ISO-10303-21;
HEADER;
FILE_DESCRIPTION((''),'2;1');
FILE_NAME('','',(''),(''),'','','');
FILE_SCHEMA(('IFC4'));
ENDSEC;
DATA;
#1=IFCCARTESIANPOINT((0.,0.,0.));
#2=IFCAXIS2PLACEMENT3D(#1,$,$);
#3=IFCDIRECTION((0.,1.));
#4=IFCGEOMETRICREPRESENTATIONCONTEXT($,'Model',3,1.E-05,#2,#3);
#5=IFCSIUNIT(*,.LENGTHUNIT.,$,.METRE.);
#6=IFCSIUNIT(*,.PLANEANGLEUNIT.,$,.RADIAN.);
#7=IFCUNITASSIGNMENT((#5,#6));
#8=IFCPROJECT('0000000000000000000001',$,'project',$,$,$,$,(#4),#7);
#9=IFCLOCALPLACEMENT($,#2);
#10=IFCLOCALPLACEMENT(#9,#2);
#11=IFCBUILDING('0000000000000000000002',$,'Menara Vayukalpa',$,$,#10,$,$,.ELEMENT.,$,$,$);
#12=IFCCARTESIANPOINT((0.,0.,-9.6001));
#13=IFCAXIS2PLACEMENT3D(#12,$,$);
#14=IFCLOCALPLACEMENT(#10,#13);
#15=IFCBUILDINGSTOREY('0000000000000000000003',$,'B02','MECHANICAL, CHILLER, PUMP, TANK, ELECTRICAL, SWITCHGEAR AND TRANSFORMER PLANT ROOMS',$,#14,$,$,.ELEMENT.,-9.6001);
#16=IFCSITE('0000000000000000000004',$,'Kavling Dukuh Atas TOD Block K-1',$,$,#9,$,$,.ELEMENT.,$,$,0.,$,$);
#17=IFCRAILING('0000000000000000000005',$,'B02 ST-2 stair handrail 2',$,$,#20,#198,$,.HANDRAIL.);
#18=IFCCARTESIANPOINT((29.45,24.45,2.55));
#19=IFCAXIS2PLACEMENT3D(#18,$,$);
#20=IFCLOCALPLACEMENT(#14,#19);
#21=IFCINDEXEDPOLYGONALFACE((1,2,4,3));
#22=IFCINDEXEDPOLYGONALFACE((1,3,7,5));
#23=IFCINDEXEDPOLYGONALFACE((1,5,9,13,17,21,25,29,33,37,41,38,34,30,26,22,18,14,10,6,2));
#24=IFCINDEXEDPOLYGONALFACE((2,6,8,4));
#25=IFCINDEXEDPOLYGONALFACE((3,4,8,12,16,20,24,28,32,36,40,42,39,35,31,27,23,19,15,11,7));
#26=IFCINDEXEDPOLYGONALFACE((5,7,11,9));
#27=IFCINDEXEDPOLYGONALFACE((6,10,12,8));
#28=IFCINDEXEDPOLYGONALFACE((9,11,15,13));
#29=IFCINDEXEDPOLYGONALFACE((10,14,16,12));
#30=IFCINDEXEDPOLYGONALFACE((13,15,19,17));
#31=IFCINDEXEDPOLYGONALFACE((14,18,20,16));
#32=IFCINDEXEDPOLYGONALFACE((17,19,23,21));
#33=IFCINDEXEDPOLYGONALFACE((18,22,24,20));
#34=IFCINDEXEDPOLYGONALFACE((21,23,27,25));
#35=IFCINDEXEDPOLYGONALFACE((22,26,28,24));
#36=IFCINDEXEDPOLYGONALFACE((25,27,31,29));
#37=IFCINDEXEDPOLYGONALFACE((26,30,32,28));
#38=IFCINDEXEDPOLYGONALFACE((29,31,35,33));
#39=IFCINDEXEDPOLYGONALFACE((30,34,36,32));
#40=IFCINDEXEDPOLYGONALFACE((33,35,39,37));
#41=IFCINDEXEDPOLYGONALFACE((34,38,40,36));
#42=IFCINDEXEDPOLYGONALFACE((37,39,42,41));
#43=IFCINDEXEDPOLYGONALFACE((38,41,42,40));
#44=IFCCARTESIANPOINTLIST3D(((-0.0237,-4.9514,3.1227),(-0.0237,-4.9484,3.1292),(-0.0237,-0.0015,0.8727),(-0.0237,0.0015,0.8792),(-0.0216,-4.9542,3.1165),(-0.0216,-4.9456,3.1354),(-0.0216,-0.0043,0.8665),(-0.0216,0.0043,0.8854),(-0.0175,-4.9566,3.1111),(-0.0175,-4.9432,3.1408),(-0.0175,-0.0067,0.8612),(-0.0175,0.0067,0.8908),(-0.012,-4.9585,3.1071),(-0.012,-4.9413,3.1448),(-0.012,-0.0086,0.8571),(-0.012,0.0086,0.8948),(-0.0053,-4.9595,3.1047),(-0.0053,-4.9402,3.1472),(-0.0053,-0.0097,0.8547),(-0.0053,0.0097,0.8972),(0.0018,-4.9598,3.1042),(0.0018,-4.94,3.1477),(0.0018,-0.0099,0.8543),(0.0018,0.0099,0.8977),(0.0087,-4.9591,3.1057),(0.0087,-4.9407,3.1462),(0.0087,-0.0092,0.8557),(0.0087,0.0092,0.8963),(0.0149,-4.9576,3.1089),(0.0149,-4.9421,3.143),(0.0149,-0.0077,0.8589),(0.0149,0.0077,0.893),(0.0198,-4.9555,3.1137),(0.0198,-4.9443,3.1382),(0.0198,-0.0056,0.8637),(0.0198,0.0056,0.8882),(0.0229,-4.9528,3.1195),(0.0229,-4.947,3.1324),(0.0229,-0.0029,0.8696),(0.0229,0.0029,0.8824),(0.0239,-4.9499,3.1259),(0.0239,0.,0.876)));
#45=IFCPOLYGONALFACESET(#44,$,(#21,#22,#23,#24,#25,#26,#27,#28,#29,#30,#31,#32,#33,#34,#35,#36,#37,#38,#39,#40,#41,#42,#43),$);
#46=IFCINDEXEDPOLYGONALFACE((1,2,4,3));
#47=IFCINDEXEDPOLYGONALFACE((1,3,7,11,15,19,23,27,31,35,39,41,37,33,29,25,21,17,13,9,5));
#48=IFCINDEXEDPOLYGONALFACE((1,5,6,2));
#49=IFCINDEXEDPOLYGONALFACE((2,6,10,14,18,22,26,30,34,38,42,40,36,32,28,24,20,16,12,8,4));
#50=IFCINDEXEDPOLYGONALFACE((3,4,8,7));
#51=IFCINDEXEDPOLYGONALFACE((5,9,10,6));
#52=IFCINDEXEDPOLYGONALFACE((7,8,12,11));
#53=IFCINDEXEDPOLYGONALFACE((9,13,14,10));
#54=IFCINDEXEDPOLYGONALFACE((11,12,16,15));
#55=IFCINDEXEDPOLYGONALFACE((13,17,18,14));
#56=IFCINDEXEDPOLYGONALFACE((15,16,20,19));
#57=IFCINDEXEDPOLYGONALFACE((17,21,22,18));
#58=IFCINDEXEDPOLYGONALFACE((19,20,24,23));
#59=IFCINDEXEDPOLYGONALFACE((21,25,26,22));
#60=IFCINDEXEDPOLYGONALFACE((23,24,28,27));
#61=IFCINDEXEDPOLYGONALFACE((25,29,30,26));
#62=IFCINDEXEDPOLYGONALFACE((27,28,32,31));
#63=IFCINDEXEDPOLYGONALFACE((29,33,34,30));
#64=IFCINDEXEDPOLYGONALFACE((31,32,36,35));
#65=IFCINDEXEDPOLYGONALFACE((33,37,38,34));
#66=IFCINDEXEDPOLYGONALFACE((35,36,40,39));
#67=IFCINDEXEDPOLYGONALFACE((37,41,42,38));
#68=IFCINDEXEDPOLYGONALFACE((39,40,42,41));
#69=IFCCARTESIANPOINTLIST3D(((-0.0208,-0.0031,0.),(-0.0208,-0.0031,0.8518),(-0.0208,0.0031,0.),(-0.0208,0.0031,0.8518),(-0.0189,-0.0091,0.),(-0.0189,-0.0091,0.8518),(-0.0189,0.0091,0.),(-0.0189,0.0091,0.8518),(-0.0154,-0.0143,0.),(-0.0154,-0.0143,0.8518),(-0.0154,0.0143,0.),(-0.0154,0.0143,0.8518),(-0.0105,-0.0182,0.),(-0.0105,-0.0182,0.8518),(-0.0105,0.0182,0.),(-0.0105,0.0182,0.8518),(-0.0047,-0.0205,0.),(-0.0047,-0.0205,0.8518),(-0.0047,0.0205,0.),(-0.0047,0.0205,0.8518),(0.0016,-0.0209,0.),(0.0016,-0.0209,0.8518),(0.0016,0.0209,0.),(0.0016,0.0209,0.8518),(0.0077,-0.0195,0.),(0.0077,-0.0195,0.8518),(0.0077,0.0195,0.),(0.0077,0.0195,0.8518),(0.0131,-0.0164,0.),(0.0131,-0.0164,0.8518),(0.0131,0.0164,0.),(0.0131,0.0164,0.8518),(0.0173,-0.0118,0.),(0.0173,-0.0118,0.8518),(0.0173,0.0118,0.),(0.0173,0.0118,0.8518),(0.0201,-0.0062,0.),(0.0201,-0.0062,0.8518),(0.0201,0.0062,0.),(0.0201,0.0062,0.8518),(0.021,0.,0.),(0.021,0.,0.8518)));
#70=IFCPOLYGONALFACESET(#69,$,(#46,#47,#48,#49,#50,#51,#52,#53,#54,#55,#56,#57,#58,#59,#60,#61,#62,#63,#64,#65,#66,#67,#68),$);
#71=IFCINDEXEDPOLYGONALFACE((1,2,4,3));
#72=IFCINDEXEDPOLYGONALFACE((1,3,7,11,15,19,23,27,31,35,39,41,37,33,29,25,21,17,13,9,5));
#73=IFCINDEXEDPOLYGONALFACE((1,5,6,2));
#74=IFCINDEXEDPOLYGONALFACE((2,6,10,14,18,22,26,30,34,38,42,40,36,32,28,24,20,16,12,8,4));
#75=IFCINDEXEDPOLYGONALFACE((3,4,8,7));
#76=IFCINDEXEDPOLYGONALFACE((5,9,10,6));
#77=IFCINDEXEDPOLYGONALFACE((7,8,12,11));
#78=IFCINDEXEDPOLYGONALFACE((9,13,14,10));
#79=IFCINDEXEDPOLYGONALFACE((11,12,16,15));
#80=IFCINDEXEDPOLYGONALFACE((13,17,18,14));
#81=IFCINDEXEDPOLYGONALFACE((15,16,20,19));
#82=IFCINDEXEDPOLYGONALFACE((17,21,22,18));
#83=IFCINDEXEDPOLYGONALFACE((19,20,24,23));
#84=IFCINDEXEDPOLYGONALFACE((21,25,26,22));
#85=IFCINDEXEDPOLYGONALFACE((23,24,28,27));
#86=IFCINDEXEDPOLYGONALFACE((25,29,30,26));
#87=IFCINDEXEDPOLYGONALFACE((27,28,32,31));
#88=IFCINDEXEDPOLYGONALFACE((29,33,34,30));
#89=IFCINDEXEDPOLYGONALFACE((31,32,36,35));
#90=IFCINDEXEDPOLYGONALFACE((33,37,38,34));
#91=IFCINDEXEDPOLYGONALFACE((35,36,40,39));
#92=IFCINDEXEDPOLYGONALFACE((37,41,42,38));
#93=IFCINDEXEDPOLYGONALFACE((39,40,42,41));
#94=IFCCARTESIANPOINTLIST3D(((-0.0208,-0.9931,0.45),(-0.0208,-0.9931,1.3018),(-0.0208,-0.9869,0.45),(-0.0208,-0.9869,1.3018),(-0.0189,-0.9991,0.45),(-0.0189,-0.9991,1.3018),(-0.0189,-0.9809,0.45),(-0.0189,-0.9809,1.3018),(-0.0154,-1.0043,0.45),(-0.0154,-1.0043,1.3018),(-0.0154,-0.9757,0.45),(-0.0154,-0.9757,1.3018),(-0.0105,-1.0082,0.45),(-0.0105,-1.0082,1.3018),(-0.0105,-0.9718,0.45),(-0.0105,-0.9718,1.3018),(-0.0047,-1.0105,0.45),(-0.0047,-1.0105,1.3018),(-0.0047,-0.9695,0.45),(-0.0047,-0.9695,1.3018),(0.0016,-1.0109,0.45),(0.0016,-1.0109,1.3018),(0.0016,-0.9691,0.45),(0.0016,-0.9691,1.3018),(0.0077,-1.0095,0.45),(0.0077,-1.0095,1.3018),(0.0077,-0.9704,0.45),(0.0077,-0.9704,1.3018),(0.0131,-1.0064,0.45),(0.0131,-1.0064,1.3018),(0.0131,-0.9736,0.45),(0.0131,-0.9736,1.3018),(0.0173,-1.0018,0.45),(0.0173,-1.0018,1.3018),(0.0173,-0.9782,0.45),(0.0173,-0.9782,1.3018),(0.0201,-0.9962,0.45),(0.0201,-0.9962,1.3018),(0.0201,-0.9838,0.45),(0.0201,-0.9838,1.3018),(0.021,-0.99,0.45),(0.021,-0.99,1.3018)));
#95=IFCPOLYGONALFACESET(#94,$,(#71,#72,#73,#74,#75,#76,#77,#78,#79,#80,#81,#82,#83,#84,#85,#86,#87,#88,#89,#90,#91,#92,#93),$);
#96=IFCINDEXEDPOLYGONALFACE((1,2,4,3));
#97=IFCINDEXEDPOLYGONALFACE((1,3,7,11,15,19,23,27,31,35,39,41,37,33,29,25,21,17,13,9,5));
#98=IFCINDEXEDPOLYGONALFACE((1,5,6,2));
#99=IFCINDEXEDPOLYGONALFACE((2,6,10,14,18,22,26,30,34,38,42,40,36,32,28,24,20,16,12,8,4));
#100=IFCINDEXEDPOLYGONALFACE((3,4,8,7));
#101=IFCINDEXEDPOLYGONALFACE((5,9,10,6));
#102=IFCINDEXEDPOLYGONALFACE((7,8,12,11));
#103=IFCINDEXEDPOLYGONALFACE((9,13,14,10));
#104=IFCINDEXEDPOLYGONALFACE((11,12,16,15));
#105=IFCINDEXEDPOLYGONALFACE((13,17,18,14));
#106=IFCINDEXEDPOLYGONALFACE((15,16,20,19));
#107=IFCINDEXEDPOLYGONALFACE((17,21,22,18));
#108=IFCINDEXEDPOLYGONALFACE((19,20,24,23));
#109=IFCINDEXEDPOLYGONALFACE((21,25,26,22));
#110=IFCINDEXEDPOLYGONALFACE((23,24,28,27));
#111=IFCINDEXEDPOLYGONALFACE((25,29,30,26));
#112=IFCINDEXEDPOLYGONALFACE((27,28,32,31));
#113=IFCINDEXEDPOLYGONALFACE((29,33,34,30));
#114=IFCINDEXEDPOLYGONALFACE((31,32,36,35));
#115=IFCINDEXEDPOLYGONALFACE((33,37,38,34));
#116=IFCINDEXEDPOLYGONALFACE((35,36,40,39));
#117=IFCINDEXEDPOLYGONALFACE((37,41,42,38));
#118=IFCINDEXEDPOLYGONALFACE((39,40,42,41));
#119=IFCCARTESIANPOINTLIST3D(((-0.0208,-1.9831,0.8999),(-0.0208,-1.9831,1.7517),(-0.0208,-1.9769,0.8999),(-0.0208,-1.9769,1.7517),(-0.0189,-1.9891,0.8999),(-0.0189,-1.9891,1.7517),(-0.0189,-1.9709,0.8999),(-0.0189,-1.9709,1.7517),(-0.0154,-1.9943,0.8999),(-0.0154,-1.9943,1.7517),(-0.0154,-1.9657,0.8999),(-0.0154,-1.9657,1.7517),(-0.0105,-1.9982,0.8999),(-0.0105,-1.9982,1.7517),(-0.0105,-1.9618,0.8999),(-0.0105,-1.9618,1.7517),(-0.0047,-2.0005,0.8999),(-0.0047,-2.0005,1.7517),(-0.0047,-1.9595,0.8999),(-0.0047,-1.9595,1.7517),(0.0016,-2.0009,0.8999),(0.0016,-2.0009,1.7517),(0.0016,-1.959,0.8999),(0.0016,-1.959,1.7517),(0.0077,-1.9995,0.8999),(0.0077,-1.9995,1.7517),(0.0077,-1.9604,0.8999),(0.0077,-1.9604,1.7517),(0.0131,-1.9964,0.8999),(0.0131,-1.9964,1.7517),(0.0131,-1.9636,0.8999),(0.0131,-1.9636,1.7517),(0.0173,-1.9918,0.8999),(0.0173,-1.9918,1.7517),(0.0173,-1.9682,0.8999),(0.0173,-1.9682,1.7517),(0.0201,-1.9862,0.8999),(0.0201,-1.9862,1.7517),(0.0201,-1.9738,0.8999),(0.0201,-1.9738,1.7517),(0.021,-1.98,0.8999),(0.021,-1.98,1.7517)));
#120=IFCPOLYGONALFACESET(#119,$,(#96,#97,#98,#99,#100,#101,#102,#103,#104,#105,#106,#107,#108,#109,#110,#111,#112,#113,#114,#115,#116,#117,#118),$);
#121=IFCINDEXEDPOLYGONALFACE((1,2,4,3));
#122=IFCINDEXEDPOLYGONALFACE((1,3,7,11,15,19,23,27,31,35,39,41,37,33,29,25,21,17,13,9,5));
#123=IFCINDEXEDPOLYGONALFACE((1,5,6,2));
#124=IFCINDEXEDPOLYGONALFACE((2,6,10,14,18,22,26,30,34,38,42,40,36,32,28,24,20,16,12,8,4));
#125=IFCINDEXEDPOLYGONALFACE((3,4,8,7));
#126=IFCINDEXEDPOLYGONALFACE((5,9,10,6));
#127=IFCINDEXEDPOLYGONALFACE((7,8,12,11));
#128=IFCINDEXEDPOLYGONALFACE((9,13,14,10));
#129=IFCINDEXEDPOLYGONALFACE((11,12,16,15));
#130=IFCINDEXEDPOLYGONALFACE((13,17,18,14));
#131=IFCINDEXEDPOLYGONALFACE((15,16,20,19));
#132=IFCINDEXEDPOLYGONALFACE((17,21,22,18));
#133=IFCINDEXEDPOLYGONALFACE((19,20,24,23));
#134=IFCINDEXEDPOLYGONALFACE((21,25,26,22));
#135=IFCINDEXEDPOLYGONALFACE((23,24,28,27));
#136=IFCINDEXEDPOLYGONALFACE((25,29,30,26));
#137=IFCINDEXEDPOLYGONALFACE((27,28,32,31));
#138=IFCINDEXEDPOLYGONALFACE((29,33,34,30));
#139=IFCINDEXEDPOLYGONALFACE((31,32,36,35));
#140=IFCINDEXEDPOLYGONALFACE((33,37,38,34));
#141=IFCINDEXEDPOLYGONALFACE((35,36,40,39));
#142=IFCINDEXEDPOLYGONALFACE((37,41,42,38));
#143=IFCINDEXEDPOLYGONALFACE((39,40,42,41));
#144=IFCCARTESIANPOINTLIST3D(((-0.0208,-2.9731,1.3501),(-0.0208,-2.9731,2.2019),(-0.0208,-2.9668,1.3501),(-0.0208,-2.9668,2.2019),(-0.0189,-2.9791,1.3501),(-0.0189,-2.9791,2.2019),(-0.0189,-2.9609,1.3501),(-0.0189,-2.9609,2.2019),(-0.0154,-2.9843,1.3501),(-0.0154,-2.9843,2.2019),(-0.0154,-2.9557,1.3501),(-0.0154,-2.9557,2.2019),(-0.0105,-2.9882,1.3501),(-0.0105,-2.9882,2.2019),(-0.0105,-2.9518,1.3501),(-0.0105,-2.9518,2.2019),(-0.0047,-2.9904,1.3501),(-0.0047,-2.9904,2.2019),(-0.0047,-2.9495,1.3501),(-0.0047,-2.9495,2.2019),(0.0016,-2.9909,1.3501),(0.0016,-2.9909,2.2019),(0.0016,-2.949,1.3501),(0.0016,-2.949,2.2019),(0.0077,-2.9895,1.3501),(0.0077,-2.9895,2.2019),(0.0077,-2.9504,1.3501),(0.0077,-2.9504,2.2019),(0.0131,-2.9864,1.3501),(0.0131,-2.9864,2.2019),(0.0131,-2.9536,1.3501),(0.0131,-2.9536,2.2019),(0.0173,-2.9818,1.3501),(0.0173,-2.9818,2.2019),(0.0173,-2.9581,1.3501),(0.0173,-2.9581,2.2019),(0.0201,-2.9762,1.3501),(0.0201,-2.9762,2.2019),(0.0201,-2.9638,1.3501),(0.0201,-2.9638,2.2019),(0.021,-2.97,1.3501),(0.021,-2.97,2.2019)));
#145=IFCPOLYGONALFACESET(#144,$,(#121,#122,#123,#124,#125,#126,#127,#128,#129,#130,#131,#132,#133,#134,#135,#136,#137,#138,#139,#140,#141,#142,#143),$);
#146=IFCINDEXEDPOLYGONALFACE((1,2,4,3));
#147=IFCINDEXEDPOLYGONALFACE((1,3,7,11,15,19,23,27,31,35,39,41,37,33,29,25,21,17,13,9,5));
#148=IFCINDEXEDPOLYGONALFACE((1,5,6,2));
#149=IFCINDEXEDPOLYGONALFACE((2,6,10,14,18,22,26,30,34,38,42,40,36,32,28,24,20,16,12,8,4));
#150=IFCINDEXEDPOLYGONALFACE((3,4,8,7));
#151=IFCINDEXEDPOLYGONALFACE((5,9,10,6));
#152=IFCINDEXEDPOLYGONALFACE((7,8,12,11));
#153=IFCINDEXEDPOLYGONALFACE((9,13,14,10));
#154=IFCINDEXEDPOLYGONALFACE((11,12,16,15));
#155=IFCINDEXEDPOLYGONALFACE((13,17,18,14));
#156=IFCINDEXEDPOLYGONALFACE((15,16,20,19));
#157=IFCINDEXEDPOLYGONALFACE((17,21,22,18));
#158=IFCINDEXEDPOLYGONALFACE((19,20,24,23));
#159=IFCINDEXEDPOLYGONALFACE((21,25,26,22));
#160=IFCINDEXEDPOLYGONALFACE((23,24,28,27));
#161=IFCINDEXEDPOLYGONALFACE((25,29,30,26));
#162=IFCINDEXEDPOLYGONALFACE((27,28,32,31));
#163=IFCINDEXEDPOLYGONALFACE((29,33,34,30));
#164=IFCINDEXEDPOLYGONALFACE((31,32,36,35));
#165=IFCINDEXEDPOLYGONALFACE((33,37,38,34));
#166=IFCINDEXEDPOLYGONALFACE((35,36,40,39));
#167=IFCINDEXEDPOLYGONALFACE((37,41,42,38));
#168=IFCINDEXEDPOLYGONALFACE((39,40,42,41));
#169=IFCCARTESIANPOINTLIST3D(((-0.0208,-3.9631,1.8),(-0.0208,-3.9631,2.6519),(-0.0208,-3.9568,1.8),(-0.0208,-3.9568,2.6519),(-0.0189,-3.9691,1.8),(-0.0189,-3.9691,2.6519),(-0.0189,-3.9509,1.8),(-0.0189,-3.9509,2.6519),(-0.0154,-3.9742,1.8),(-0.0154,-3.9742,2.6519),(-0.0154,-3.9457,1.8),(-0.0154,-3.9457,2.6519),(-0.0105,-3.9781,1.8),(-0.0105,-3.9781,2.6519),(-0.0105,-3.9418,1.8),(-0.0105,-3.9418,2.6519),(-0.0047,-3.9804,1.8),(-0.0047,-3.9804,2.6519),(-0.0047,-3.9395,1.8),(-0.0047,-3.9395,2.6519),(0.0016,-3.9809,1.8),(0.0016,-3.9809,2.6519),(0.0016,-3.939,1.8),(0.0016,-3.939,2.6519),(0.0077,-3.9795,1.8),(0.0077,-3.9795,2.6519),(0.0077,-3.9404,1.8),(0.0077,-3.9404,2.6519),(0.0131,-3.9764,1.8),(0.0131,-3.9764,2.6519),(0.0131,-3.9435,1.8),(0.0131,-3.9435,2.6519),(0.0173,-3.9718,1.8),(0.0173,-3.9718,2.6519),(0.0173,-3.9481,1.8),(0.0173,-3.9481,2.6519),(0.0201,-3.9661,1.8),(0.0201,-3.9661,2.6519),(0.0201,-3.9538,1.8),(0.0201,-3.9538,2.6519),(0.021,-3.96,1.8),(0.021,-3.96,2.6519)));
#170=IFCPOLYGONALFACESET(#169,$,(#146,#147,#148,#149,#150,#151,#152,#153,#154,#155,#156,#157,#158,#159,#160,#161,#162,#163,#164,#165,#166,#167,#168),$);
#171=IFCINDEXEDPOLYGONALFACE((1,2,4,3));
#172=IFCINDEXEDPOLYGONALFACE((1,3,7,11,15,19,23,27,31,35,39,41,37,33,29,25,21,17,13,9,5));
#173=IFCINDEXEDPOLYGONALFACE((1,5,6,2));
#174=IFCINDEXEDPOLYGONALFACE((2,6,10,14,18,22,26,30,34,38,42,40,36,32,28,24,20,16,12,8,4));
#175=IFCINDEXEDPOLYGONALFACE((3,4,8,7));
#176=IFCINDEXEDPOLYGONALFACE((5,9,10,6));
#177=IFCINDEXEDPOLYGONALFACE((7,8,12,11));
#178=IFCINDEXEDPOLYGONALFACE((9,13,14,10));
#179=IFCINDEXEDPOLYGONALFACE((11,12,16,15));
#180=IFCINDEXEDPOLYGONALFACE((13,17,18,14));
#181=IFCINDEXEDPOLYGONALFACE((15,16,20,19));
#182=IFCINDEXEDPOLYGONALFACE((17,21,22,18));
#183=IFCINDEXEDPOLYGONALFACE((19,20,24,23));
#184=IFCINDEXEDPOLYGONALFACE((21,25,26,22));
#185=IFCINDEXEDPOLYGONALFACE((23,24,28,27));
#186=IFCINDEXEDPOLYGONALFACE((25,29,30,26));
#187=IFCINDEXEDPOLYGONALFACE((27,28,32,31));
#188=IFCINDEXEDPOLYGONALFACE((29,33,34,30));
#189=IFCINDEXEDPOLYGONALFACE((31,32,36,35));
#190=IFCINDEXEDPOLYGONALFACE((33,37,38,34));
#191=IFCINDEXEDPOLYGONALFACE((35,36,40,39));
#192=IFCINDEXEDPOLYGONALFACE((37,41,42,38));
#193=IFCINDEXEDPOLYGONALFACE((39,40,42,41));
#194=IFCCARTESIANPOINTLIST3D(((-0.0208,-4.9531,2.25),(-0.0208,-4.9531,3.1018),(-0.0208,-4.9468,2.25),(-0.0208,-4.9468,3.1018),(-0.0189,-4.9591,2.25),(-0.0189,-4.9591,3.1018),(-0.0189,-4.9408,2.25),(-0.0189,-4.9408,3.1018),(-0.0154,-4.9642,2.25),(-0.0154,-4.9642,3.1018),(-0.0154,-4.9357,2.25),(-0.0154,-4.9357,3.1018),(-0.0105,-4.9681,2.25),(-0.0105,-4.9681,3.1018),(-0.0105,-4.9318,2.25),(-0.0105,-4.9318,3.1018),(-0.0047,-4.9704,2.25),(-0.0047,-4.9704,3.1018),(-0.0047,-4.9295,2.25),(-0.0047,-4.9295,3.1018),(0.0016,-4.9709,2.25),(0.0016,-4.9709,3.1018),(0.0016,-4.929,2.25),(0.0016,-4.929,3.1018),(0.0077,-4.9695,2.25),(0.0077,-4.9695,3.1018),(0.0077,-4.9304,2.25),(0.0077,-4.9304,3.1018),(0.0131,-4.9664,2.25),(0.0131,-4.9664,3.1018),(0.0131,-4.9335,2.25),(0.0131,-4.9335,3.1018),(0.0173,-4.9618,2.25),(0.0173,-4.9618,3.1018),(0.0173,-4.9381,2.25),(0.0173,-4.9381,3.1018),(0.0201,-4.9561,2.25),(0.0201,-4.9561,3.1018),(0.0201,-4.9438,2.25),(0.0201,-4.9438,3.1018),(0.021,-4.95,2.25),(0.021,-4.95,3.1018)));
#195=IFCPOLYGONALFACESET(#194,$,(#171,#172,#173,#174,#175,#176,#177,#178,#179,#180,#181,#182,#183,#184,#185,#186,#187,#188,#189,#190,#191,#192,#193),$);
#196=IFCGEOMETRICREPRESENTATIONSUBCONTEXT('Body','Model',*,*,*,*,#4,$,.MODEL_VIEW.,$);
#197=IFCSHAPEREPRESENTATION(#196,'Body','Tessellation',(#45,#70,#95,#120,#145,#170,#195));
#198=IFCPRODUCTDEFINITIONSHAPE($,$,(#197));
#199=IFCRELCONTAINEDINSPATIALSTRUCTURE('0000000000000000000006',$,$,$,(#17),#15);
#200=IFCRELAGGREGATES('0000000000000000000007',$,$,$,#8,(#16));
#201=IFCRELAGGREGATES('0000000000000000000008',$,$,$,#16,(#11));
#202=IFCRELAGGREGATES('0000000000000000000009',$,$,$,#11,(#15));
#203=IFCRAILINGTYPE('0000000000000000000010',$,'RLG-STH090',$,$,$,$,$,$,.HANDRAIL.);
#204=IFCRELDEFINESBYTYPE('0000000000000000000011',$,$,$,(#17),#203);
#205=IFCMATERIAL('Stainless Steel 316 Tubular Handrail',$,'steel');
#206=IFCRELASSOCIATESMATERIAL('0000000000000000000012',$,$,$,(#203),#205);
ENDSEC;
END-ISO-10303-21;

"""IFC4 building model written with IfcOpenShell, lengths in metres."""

from ifc_helpers import new_model, si_unit, direction, frame, origin, origin_2d, place, context, subcontext, project, spatial, circle, extrude, material, type_object, element, save


model = new_model("IFC4")

# Units and contexts
model_context = context("Model", 3, precision=1e-05, world=origin(), true_north=direction((0.0, 1.0)))
body_context = subcontext(model_context, "Body", "Model", "MODEL_VIEW")
ifc_project = project(units=[si_unit("LENGTHUNIT", "METRE"), si_unit("PLANEANGLEUNIT", "RADIAN")], contexts=[model_context])

# Site, building, storey
site_placement = place(None, origin())
site = spatial("IfcSite", under=ifc_project, at=site_placement, Name="Kavling Dukuh Atas TOD Block K-1", CompositionType="ELEMENT", RefElevation=0.0)
building_placement = place(site_placement, origin())
building = spatial("IfcBuilding", under=site, at=building_placement, Name="Menara Vayukalpa", CompositionType="ELEMENT")
storey_placement = place(building_placement, frame((0.0, 0.0, -9.6001)))
storey = spatial("IfcBuildingStorey", under=building, at=storey_placement, Name="B02", Description="MECHANICAL, CHILLER, PUMP, TANK, ELECTRICAL, SWITCHGEAR AND TRANSFORMER PLANT ROOMS", CompositionType="ELEMENT", Elevation=-9.6001)

# Railing
ifc_material_1 = material(Name="Stainless Steel 316 Tubular Handrail", Category="steel")
railing_type_1 = type_object("IfcRailingType", Name="RLG-STH090", PredefinedType="HANDRAIL", material=ifc_material_1)
railing_1_placement = place(storey_placement, frame((29.45, 24.45, 2.55)))
element("IfcRailing", 1, at=railing_1_placement, inside=storey, type_object=railing_type_1, Name="B02 ST-2 stair handrail 2", PredefinedType="HANDRAIL", context=body_context, shape_type="SweptSolid", body=[
    extrude(circle(Radius=0.0239, at=origin_2d()), frame((0.0, 0.0, 0.876), z_axis=(0.0, -0.910365, 0.413806), x_axis=(1.0, 0.0, 0.0)), (0.0, 0.0, 1.0), 5.4373),
    extrude(circle(Radius=0.021, at=origin_2d()), origin(), (0.0, 0.0, 1.0), 0.8518),
    extrude(circle(Radius=0.021, at=origin_2d()), frame((0.0, -0.99, 0.45)), (0.0, 0.0, 1.0), 0.8518),
    extrude(circle(Radius=0.021, at=origin_2d()), frame((0.0, -1.98, 0.8999)), (0.0, 0.0, 1.0), 0.8518),
    extrude(circle(Radius=0.021, at=origin_2d()), frame((0.0, -2.97, 1.3501)), (0.0, 0.0, 1.0), 0.8518),
    extrude(circle(Radius=0.021, at=origin_2d()), frame((0.0, -3.96, 1.8)), (0.0, 0.0, 1.0), 0.8518),
    extrude(circle(Radius=0.021, at=origin_2d()), frame((0.0, -4.95, 2.25)), (0.0, 0.0, 1.0), 0.8518),
])

save(model, "model.ifc")
